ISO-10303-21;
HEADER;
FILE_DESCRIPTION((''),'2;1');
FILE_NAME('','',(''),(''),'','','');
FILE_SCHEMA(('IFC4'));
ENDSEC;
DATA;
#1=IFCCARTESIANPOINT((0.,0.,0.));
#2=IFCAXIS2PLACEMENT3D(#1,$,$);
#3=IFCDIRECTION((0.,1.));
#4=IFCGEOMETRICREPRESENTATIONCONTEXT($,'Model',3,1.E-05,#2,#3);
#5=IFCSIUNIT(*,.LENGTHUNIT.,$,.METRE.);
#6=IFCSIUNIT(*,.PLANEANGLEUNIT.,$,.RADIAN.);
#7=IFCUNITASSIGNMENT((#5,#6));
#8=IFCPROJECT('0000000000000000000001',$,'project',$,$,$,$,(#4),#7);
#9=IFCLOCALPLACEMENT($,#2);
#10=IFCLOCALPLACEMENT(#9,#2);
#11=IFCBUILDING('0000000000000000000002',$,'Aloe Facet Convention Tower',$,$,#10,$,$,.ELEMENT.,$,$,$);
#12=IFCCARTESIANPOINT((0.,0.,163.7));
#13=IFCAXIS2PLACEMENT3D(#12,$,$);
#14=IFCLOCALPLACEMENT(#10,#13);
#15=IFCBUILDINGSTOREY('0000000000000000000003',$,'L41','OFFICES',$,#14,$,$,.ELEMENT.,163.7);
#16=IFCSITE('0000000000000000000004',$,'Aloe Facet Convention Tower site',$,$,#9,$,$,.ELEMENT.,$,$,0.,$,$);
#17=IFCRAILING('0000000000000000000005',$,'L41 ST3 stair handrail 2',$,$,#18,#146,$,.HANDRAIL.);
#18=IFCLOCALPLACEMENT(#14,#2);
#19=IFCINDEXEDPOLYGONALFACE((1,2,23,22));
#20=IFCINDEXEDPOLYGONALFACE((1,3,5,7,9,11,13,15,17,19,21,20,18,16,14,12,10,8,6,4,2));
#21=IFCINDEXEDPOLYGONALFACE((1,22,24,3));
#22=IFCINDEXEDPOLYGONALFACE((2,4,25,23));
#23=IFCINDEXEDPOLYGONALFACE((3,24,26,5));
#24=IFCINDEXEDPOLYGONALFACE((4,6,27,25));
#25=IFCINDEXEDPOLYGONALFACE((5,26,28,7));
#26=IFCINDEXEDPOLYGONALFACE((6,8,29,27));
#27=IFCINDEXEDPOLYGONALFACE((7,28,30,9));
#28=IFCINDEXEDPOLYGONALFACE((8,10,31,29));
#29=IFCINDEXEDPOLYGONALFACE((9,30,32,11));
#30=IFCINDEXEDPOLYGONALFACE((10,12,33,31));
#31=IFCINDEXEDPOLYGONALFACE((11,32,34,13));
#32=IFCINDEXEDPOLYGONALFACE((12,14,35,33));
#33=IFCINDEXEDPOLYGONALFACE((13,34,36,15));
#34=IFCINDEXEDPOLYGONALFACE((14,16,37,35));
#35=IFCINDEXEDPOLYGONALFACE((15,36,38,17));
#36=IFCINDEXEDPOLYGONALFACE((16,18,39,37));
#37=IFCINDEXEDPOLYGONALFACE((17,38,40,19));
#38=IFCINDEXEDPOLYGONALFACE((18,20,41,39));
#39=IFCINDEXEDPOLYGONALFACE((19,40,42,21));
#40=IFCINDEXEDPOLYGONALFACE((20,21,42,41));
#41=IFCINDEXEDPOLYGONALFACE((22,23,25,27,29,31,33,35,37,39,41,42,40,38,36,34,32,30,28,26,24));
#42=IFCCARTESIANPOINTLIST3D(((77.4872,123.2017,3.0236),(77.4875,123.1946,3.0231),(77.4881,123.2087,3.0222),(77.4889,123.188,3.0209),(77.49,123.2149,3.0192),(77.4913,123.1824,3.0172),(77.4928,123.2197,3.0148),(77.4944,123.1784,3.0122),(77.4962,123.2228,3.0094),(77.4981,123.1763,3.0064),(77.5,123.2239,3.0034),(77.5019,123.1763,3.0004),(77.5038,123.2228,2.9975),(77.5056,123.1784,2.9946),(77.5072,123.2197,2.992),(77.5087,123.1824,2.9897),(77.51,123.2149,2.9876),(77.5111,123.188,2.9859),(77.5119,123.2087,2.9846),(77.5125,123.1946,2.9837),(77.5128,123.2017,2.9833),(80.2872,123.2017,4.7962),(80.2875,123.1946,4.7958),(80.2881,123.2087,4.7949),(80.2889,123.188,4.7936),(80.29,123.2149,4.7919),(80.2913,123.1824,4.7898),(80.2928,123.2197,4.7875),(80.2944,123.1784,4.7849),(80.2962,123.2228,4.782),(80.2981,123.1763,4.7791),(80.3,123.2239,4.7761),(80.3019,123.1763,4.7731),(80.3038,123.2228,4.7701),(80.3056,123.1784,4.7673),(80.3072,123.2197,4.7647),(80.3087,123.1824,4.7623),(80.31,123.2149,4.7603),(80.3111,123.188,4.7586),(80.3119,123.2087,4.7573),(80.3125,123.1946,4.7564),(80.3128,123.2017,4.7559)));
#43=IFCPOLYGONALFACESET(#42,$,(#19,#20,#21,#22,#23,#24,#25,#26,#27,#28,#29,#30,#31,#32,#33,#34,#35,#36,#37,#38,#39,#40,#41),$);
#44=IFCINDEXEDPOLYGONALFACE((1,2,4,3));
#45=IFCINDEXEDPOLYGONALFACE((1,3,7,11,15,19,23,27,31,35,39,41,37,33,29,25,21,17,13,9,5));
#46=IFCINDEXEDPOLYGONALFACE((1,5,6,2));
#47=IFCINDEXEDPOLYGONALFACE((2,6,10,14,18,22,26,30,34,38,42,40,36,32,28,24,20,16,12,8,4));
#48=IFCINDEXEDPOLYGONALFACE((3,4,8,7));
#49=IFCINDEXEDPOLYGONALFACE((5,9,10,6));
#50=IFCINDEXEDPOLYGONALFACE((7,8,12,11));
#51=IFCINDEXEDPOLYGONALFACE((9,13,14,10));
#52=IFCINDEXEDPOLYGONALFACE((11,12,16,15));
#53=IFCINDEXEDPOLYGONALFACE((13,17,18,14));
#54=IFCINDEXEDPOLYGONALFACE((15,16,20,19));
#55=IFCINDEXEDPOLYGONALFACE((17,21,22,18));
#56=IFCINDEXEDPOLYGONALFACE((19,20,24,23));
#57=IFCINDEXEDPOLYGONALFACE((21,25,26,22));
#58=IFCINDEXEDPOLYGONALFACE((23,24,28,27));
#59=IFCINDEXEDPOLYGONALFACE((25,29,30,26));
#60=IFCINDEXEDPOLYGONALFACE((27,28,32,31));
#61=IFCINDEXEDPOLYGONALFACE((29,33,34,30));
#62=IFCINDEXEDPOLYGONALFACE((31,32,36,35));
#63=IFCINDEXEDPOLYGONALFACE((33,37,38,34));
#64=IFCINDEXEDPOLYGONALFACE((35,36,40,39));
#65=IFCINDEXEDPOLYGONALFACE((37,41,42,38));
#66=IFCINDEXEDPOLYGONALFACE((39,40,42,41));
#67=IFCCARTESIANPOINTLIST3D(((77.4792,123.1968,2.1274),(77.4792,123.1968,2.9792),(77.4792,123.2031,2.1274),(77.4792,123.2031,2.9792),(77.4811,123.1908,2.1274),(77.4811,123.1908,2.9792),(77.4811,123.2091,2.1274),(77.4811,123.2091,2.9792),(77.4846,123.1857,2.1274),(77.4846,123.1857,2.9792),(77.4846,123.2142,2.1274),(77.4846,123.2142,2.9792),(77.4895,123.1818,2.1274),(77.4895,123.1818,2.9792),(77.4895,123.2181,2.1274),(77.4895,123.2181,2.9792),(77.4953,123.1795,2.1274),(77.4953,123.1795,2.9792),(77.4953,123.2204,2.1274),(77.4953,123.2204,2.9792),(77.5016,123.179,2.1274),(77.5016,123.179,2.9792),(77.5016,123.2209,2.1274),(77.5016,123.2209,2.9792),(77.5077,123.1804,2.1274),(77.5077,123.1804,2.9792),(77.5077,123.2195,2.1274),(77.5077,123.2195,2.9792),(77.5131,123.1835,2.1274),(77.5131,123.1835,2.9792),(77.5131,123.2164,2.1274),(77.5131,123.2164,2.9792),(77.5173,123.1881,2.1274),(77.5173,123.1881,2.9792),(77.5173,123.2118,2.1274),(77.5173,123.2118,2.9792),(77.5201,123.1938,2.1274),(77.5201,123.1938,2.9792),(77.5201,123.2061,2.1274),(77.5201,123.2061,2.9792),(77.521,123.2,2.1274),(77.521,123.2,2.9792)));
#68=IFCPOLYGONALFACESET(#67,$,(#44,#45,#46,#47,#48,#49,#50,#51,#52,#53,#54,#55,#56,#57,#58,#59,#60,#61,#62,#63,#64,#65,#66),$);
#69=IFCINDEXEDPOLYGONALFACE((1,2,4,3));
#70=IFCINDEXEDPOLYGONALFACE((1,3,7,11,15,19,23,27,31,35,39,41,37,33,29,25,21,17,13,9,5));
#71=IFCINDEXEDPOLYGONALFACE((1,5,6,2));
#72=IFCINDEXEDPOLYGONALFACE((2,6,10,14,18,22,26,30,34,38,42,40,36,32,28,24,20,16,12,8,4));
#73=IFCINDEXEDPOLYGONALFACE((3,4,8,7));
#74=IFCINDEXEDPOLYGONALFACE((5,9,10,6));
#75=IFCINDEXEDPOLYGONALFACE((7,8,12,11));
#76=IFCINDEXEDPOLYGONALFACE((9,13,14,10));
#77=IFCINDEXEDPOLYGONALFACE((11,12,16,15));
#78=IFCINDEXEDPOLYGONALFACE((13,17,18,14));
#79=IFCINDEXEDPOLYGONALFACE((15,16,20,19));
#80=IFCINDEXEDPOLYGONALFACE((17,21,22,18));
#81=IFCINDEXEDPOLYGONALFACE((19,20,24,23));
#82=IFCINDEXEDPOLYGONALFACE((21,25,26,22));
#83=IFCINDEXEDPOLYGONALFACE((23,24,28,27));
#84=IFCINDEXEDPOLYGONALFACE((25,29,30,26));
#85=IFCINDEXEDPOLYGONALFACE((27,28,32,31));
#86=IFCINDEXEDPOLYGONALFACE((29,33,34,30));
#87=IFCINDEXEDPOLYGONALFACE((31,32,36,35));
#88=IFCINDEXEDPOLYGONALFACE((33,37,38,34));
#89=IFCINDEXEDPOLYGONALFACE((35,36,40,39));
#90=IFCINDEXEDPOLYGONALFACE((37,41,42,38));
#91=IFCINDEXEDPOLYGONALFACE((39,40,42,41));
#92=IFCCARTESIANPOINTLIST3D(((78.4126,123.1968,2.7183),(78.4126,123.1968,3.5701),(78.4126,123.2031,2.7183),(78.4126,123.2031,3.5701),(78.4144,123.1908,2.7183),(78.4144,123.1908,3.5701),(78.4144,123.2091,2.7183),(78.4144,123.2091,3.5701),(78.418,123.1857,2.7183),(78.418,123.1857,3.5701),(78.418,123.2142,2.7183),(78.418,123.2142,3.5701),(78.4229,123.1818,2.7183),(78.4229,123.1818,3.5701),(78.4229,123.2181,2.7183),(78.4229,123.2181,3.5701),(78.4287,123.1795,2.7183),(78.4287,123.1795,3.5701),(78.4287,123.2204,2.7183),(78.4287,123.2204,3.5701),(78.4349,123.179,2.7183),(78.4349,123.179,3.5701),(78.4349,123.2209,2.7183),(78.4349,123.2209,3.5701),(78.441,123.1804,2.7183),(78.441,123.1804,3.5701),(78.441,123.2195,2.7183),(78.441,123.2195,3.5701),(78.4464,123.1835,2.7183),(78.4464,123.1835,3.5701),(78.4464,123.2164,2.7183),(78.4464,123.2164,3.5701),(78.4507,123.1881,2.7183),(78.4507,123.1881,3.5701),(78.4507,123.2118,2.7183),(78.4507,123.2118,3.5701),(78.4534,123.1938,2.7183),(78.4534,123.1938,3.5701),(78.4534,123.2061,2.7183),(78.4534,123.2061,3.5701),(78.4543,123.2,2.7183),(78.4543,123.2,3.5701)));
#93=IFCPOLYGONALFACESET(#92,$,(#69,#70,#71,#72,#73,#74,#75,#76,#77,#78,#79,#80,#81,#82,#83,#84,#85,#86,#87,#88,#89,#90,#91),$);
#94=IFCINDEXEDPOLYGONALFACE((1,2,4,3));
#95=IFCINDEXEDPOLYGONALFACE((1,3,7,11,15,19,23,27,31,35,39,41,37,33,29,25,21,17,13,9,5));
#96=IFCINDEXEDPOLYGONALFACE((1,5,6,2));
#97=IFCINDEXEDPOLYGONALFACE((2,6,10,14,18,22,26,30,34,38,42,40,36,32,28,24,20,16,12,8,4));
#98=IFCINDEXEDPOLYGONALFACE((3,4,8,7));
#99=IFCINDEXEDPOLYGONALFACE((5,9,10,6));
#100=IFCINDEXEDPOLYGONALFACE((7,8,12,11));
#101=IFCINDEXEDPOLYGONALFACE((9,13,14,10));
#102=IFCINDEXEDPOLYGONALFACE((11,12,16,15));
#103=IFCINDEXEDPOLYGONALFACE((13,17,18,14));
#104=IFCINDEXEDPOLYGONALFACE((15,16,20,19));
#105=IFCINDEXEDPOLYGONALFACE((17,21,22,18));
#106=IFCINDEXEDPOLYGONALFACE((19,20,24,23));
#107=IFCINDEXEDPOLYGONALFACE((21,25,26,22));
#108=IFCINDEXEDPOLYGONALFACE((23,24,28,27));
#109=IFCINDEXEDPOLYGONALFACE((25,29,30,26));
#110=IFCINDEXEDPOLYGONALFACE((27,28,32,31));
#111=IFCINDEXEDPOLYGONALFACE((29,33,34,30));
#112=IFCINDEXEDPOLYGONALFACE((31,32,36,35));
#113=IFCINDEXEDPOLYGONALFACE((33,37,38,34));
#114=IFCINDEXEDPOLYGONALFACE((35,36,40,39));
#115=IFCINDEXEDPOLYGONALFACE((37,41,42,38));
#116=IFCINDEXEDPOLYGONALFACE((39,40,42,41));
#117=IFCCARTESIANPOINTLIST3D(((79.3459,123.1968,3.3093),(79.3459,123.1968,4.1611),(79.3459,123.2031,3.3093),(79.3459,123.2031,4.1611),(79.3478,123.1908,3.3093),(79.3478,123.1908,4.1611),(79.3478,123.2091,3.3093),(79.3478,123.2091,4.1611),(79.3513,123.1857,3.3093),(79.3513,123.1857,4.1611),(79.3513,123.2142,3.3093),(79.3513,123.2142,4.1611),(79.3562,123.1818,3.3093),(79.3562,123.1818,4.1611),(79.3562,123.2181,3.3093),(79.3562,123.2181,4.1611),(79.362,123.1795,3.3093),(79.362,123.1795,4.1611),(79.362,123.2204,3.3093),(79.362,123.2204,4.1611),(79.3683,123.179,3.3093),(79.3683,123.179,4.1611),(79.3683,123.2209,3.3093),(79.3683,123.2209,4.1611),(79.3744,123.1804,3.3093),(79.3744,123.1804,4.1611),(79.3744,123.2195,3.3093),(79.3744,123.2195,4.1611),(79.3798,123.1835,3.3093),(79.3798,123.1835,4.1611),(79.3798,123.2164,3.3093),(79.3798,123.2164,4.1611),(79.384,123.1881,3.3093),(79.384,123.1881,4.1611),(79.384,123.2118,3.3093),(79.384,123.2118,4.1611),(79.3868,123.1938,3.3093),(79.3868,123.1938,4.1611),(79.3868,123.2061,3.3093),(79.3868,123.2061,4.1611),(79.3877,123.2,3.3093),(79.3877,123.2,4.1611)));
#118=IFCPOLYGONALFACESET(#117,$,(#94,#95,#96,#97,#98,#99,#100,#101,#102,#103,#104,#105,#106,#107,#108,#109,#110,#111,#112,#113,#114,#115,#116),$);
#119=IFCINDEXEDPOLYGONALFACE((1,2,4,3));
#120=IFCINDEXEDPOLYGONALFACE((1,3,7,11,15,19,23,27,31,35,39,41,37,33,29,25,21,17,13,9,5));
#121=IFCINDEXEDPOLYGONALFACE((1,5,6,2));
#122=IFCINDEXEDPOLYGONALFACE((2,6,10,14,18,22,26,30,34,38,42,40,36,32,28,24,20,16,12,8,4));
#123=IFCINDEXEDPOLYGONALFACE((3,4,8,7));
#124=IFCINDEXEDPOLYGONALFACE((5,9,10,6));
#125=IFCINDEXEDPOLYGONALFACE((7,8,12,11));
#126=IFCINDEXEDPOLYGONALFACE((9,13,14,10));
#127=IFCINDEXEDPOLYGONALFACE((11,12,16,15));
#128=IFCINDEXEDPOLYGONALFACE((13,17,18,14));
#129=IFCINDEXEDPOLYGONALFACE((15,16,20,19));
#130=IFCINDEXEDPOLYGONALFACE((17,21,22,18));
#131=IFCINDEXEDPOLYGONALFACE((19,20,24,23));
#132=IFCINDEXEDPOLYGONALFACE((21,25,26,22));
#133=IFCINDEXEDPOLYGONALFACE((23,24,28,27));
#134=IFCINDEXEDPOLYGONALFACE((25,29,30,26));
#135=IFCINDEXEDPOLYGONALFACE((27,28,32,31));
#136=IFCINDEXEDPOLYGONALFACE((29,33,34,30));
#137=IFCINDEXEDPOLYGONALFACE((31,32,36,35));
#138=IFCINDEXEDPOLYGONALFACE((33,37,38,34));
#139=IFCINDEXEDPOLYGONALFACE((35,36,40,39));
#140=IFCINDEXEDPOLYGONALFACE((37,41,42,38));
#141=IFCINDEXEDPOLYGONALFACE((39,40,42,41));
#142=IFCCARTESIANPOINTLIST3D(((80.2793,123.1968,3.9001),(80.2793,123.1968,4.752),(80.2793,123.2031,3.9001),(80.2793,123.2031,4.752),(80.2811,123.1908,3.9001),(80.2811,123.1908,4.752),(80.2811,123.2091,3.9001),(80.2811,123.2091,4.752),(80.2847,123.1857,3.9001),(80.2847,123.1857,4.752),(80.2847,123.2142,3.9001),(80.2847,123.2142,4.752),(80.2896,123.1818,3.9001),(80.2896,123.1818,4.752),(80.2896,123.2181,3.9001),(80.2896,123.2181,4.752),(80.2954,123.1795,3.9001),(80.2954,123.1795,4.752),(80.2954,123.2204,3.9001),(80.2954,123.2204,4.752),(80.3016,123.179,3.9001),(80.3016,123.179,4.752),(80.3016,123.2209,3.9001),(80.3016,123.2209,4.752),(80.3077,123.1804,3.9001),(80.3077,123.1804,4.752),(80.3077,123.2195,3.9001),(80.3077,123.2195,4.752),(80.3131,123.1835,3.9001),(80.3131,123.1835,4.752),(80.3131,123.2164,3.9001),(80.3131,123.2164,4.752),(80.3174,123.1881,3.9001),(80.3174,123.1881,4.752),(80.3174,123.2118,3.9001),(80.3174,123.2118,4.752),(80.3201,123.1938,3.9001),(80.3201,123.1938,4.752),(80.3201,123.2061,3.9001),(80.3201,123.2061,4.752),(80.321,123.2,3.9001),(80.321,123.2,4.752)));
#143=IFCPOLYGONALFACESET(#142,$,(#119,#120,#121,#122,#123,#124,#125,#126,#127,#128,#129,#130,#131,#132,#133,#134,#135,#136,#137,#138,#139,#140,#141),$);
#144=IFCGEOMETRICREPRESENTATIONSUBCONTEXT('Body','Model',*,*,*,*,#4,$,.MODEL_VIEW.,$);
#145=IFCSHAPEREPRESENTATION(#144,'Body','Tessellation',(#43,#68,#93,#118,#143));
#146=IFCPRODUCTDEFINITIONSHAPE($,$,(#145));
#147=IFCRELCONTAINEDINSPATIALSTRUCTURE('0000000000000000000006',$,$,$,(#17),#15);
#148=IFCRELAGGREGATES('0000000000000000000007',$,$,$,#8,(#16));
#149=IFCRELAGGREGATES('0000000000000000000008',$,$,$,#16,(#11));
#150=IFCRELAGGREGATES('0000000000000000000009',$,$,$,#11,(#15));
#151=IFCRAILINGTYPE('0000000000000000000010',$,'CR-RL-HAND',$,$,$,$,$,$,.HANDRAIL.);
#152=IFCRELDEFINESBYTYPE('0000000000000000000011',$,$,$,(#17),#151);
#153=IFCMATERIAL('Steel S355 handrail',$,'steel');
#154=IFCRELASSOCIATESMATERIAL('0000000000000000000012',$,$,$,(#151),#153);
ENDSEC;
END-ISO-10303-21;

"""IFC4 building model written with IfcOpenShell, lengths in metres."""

from ifc_helpers import new_model, si_unit, direction, frame, origin, origin_2d, place, context, subcontext, project, spatial, circle, extrude, material, type_object, element, save


model = new_model("IFC4")

# Units and contexts
model_context = context("Model", 3, precision=1e-05, world=origin(), true_north=direction((0.0, 1.0)))
body_context = subcontext(model_context, "Body", "Model", "MODEL_VIEW")
ifc_project = project(units=[si_unit("LENGTHUNIT", "METRE"), si_unit("PLANEANGLEUNIT", "RADIAN")], contexts=[model_context])

# Site, building, storey
site_placement = place(None, origin())
site = spatial("IfcSite", under=ifc_project, at=site_placement, Name="Aloe Facet Convention Tower site", CompositionType="ELEMENT", RefElevation=0.0)
building_placement = place(site_placement, origin())
building = spatial("IfcBuilding", under=site, at=building_placement, Name="Aloe Facet Convention Tower", CompositionType="ELEMENT")
storey_placement = place(building_placement, frame((0.0, 0.0, 163.7)))
storey = spatial("IfcBuildingStorey", under=building, at=storey_placement, Name="L41", Description="OFFICES", CompositionType="ELEMENT", Elevation=163.7)

# Railing
ifc_material_1 = material(Name="Steel S355 handrail", Category="steel")
railing_type_1 = type_object("IfcRailingType", Name="CR-RL-HAND", PredefinedType="HANDRAIL", material=ifc_material_1)
railing_1_placement = place(storey_placement, frame((77.5, 123.2, 2.1274)))
element("IfcRailing", 1, at=railing_1_placement, inside=storey, type_object=railing_type_1, Name="L41 ST3 stair handrail 2", PredefinedType="HANDRAIL", context=body_context, shape_type="SweptSolid", body=[
    extrude(circle(Radius=0.0239, at=origin_2d()), frame((0.0, 0.0, 0.876), z_axis=(0.844909, 0.0, 0.53491), x_axis=(0.0, 1.0, 0.0)), (0.0, 0.0, 1.0), 3.314),
    extrude(circle(Radius=0.021, at=origin_2d()), origin(), (0.0, 0.0, 1.0), 0.8518),
    extrude(circle(Radius=0.021, at=origin_2d()), frame((0.9333, 0.0, 0.5908)), (0.0, 0.0, 1.0), 0.8518),
    extrude(circle(Radius=0.021, at=origin_2d()), frame((1.8667, 0.0, 1.1819)), (0.0, 0.0, 1.0), 0.8518),
    extrude(circle(Radius=0.021, at=origin_2d()), frame((2.8, 0.0, 1.7727)), (0.0, 0.0, 1.0), 0.8518),
])

save(model, "model.ifc")
